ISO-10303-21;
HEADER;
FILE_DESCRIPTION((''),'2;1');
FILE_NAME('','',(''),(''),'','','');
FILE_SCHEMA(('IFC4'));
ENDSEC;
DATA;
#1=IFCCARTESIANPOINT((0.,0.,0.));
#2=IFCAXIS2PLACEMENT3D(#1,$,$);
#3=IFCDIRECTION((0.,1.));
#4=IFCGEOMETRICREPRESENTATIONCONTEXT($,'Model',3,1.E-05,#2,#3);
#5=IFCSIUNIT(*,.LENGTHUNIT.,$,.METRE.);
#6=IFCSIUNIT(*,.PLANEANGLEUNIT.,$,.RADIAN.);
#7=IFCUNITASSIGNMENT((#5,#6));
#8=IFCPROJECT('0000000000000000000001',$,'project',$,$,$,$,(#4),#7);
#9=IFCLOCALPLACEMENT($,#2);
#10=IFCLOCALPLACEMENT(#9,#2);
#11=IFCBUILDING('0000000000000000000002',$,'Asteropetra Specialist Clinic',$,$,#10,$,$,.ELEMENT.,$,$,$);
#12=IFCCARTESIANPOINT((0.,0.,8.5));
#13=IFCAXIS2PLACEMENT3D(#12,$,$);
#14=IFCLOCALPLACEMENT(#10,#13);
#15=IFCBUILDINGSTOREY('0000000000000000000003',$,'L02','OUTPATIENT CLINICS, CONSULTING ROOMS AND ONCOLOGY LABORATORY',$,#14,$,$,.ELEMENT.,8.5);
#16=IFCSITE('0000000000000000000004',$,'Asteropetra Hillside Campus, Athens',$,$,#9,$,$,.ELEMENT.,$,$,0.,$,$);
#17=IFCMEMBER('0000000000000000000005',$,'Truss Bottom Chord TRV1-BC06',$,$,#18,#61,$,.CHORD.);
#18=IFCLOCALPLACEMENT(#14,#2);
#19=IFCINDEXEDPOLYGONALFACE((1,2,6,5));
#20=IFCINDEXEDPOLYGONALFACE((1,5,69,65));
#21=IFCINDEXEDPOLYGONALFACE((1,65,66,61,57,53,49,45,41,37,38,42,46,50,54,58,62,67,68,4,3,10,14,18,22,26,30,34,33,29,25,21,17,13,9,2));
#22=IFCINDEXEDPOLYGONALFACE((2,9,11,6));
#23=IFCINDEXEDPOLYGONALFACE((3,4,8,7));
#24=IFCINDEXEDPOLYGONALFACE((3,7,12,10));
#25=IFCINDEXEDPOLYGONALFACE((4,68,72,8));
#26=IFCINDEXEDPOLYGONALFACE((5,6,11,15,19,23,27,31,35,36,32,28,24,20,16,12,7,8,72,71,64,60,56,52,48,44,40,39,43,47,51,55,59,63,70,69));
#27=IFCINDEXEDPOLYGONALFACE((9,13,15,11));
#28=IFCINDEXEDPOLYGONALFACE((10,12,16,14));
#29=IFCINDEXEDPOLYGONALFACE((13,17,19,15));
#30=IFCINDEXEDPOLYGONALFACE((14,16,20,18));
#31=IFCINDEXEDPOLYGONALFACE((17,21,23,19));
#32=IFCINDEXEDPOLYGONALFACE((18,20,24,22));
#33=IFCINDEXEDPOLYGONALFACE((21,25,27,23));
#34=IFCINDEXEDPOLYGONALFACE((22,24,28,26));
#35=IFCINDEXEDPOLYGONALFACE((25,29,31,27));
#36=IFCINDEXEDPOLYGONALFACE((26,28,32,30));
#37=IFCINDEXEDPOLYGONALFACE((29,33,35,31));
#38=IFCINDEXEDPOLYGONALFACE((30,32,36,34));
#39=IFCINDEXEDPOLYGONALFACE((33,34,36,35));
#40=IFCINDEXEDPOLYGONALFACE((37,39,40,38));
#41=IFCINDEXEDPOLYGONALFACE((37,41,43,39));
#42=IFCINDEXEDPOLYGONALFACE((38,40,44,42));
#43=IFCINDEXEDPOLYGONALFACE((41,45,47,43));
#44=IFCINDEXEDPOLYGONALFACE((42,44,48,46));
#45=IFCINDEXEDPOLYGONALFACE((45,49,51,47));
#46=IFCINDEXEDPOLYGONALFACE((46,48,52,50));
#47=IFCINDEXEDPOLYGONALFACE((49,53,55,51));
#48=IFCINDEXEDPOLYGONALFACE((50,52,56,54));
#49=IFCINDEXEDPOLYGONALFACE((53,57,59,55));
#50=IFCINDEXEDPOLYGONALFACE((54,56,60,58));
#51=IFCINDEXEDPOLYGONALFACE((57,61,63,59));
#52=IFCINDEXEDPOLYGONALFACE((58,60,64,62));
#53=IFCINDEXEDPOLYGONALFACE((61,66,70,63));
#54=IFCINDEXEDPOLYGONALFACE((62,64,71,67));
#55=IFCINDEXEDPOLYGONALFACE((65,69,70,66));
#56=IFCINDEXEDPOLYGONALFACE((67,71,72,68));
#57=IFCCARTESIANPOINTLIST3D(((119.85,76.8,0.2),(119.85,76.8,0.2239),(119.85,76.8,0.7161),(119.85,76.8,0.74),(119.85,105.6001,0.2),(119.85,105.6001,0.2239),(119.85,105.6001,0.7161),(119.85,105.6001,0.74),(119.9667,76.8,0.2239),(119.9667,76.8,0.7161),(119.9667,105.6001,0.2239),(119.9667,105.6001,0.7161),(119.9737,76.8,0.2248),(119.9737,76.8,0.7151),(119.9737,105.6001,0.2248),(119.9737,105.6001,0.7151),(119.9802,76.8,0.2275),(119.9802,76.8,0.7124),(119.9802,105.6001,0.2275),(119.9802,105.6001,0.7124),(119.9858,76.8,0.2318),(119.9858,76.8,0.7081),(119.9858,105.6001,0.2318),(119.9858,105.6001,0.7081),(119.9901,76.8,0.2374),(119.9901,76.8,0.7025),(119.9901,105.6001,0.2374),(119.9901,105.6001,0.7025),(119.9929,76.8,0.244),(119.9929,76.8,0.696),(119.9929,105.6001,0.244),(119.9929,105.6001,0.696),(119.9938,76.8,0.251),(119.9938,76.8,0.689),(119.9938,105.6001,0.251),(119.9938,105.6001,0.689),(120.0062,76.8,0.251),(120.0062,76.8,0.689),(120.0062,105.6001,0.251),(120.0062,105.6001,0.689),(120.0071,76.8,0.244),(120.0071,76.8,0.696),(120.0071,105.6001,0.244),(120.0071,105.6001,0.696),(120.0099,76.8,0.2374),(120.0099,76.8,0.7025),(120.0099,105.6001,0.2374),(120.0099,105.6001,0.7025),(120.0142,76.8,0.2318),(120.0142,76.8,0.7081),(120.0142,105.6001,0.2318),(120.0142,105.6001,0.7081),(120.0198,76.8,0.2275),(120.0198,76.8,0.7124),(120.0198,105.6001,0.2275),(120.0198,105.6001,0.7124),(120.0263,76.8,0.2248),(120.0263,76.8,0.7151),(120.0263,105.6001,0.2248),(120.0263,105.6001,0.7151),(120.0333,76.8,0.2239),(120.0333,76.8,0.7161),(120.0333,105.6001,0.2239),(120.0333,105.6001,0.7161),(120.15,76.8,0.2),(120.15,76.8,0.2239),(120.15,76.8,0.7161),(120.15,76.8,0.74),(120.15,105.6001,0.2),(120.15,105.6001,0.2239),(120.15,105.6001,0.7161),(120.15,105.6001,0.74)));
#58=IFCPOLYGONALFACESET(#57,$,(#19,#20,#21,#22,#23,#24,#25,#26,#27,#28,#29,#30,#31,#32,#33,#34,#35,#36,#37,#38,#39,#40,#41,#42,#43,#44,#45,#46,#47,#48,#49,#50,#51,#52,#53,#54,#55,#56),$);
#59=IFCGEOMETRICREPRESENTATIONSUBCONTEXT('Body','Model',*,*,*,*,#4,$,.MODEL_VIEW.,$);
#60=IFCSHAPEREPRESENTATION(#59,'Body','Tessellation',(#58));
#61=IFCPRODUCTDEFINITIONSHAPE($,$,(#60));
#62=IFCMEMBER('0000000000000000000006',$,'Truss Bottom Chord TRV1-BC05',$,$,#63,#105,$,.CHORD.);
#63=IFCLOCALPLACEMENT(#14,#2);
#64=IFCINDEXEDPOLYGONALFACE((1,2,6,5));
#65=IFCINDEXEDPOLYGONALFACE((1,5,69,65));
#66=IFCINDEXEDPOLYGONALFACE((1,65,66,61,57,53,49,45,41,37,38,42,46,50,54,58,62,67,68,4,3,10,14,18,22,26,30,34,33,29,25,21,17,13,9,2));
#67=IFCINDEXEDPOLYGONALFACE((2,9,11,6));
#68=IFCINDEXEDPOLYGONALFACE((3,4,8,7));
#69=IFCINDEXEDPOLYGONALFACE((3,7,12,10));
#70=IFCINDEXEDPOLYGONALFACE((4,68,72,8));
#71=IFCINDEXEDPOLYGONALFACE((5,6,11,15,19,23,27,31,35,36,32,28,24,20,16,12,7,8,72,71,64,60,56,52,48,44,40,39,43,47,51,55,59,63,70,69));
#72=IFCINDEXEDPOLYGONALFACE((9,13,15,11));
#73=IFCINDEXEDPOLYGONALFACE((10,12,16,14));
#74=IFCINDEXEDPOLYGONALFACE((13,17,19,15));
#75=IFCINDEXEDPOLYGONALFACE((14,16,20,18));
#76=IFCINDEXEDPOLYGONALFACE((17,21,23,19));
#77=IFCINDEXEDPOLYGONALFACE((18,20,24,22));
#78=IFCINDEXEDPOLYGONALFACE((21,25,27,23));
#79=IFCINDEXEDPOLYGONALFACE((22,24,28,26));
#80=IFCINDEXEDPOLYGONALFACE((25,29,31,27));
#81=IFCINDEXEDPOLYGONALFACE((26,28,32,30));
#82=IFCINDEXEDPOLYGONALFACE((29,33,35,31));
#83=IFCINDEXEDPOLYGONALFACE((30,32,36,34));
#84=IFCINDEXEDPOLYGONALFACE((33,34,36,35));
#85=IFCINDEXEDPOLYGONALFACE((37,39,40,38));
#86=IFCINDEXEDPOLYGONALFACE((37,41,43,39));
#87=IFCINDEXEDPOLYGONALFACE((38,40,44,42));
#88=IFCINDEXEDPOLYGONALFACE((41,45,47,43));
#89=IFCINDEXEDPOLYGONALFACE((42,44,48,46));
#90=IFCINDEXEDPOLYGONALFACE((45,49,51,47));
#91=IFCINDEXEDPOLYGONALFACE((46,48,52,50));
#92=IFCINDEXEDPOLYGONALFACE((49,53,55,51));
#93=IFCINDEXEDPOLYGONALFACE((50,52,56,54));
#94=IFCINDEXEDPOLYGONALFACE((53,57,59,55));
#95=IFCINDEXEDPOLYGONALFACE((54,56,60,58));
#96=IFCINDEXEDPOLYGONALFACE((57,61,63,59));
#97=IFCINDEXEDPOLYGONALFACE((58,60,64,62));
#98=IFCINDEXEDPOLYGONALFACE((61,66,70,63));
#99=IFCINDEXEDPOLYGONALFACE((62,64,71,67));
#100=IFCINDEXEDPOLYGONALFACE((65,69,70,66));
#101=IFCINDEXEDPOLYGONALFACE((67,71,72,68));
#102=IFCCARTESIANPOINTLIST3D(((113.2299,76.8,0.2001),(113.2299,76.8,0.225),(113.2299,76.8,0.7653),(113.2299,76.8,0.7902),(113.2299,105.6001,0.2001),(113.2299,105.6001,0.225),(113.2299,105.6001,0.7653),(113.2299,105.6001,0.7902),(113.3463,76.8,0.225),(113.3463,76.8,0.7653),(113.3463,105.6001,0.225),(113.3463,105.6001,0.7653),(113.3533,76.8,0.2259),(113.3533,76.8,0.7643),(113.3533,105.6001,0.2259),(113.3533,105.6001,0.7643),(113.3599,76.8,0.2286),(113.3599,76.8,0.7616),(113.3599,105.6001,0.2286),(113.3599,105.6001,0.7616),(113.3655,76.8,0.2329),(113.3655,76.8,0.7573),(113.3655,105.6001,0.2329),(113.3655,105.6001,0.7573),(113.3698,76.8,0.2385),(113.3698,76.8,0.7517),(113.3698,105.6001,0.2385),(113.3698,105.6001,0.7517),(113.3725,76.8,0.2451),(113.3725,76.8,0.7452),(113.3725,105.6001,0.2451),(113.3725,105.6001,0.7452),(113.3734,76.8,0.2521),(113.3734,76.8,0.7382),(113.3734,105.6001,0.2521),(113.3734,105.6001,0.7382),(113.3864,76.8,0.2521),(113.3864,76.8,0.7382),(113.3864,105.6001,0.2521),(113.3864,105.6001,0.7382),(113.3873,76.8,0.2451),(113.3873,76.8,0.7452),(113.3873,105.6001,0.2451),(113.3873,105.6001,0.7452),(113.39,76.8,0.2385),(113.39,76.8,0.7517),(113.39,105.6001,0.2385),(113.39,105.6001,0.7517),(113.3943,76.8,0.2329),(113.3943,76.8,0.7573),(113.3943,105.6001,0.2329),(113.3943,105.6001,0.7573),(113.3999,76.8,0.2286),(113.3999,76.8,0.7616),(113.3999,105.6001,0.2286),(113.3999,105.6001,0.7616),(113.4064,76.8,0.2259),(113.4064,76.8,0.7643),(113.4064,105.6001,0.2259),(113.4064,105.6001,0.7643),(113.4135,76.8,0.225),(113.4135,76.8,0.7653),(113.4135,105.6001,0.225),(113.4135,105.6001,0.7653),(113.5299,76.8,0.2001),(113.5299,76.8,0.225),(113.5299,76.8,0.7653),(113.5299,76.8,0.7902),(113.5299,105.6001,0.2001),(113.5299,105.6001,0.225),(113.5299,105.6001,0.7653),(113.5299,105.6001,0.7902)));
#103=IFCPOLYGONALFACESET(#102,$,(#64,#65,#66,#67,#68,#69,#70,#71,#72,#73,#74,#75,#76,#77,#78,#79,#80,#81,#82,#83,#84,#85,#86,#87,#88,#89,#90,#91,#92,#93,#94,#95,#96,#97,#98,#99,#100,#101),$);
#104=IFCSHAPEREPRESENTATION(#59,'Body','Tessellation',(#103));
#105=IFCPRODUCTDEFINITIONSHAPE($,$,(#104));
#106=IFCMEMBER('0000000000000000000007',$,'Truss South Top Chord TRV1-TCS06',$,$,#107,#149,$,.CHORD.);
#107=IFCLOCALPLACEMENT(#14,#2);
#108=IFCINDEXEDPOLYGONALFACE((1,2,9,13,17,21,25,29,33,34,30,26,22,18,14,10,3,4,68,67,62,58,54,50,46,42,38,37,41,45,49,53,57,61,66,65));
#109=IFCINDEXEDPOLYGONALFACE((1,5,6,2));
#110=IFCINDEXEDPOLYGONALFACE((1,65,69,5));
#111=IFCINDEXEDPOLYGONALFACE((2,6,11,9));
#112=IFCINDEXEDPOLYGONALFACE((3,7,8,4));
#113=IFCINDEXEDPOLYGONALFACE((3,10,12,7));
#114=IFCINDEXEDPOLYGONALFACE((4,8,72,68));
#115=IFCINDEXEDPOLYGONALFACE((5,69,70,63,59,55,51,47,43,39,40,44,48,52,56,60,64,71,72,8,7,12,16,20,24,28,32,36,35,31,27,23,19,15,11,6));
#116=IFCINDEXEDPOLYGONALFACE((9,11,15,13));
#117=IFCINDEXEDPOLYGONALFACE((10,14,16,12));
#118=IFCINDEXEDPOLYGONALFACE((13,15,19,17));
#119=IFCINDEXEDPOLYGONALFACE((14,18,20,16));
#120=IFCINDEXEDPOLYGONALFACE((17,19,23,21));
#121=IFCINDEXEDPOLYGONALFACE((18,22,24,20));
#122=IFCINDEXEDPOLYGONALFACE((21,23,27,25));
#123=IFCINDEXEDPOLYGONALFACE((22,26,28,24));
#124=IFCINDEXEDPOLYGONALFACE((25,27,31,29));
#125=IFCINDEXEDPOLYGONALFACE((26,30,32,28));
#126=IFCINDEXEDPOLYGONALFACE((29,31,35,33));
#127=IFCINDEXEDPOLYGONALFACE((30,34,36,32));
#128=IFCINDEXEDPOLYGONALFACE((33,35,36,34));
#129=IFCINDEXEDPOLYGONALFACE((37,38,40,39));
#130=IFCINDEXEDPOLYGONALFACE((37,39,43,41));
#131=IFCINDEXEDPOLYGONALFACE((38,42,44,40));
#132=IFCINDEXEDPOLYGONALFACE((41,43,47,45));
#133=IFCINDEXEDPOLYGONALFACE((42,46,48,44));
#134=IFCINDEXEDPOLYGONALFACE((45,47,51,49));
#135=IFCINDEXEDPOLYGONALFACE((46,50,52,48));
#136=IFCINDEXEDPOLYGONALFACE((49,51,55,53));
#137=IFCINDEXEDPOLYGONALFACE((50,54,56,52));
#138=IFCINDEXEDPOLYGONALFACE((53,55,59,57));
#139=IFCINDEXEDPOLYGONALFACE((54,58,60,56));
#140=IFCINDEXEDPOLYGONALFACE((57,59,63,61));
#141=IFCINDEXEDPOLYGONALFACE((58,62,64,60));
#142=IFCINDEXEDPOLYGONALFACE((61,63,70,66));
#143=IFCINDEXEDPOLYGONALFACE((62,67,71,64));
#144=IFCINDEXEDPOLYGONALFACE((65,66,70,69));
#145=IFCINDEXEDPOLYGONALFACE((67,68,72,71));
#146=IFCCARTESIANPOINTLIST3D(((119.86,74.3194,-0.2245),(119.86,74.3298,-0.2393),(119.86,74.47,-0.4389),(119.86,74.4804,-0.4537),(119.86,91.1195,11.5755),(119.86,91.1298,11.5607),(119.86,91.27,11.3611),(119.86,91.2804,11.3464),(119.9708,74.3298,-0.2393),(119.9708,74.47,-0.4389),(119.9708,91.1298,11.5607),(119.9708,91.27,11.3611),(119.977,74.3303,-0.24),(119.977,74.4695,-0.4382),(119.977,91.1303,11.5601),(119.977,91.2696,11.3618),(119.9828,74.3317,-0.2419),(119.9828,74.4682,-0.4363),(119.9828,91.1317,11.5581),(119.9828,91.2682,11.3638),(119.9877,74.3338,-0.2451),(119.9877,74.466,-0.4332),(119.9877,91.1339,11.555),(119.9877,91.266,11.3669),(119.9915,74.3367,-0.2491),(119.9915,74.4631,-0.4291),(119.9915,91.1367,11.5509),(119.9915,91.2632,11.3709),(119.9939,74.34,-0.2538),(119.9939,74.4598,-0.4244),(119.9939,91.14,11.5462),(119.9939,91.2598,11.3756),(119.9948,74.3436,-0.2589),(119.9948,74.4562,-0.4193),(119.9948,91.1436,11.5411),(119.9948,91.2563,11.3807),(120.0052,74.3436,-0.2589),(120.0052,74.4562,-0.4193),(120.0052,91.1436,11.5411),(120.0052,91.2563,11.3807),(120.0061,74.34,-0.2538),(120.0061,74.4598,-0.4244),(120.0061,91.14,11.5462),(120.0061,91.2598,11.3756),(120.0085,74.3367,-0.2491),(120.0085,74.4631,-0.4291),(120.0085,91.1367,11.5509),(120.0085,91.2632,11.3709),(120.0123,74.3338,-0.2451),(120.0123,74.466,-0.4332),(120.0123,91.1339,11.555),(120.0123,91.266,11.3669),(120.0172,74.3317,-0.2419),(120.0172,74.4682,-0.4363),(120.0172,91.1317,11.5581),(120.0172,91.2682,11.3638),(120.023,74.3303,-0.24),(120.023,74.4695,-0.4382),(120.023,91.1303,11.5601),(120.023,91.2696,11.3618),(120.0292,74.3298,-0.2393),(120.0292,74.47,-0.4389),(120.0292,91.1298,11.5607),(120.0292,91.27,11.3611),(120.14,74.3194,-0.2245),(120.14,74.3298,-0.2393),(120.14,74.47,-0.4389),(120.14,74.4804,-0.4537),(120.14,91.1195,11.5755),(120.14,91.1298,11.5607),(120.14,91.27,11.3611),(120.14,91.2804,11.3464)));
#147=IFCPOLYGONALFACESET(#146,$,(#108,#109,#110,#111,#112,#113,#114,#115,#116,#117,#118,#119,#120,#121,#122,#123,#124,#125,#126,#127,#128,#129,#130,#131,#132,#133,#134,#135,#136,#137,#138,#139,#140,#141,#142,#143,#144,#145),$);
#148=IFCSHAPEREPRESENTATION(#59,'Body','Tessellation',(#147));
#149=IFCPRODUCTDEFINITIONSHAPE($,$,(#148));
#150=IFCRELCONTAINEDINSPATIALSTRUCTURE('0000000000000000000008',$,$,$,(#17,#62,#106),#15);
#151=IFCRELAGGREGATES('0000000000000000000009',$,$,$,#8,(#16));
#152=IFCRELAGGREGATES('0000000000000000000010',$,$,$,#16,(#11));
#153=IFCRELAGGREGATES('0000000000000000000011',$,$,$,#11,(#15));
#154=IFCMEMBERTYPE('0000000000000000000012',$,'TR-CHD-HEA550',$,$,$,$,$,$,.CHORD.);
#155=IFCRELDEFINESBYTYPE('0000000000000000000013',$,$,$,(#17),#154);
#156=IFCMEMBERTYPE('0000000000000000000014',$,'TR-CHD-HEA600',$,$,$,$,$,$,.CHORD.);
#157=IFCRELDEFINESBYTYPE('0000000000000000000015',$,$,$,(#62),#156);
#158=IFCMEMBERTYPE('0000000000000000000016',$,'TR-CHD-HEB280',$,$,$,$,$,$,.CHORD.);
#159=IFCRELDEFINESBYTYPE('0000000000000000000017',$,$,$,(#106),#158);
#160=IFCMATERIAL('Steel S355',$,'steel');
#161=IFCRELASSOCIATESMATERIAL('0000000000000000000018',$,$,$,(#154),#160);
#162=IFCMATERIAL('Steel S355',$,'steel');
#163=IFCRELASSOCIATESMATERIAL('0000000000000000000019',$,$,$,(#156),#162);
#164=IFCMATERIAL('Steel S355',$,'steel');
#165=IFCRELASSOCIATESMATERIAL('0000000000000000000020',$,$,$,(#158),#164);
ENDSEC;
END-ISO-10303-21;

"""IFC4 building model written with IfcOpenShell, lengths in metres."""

from ifc_helpers import new_model, si_unit, direction, frame, origin, origin_2d, place, context, subcontext, project, spatial, i_section, extrude, material, material_profile, profile_set, type_object, element, save


model = new_model("IFC4")

# Units and contexts
model_context = context("Model", 3, precision=1e-05, world=origin(), true_north=direction((0.0, 1.0)))
body_context = subcontext(model_context, "Body", "Model", "MODEL_VIEW")
ifc_project = project(units=[si_unit("LENGTHUNIT", "METRE"), si_unit("PLANEANGLEUNIT", "RADIAN")], contexts=[model_context])

# Site, building, storey
site_placement = place(None, origin())
site = spatial("IfcSite", under=ifc_project, at=site_placement, Name="Asteropetra Hillside Campus, Athens", CompositionType="ELEMENT", RefElevation=0.0)
building_placement = place(site_placement, origin())
building = spatial("IfcBuilding", under=site, at=building_placement, Name="Asteropetra Specialist Clinic", CompositionType="ELEMENT")
storey_placement = place(building_placement, frame((0.0, 0.0, 8.5)))
storey = spatial("IfcBuildingStorey", under=building, at=storey_placement, Name="L02", Description="OUTPATIENT CLINICS, CONSULTING ROOMS AND ONCOLOGY LABORATORY", CompositionType="ELEMENT", Elevation=8.5)

# Members
ifc_material_1 = material(Name="Steel S355", Category="steel")
ifc_material_profile_1 = material_profile(ifc_material_1, i_section(OverallWidth=0.3, OverallDepth=0.54, WebThickness=0.0125, FlangeThickness=0.0239, FilletRadius=0.0271, at=origin_2d()), Name="HEA 550")
ifc_profile_set_1 = profile_set([ifc_material_profile_1], Name="Steel S355")
member_type_1 = type_object("IfcMemberType", Name="TR-CHD-HEA550", PredefinedType="CHORD", material=ifc_profile_set_1)
member_1_placement = place(storey_placement, frame((120.0, 76.8, 0.47), z_axis=(0.0, 1.0, 0.0), x_axis=(-1.0, 0.0, 0.0)))
element("IfcMember", 1, at=member_1_placement, inside=storey, type_object=member_type_1, Name="Truss Bottom Chord TRV1-BC06", PredefinedType="CHORD", context=body_context, shape_type="SweptSolid", body=[
    extrude(i_section(OverallWidth=0.3, OverallDepth=0.54, WebThickness=0.0125, FlangeThickness=0.0239, FilletRadius=0.0271, at=origin_2d()), origin(), (0.0, 0.0, 1.0), 28.8),
])
ifc_material_2 = material(Name="Steel S355", Category="steel")
ifc_material_profile_2 = material_profile(ifc_material_2, i_section(OverallWidth=0.3, OverallDepth=0.5901, WebThickness=0.0129, FlangeThickness=0.0249, FilletRadius=0.0271, at=origin_2d()), Name="HEA 600")
ifc_profile_set_2 = profile_set([ifc_material_profile_2], Name="Steel S355")
member_type_2 = type_object("IfcMemberType", Name="TR-CHD-HEA600", PredefinedType="CHORD", material=ifc_profile_set_2)
member_2_placement = place(storey_placement, frame((113.3799, 76.8, 0.4951), z_axis=(0.0, 1.0, 0.0), x_axis=(-1.0, 0.0, 0.0)))
element("IfcMember", 2, at=member_2_placement, inside=storey, type_object=member_type_2, Name="Truss Bottom Chord TRV1-BC05", PredefinedType="CHORD", context=body_context, shape_type="SweptSolid", body=[
    extrude(i_section(OverallWidth=0.3, OverallDepth=0.5901, WebThickness=0.0129, FlangeThickness=0.0249, FilletRadius=0.0271, at=origin_2d()), origin(), (0.0, 0.0, 1.0), 28.8),
])
ifc_material_3 = material(Name="Steel S355", Category="steel")
ifc_material_profile_3 = material_profile(ifc_material_3, i_section(OverallWidth=0.28, OverallDepth=0.28, WebThickness=0.0105, FlangeThickness=0.0181, FilletRadius=0.0239, at=origin_2d()), Name="HEB 280")
ifc_profile_set_3 = profile_set([ifc_material_profile_3], Name="Steel S355")
member_type_3 = type_object("IfcMemberType", Name="TR-CHD-HEB280", PredefinedType="CHORD", material=ifc_profile_set_3)
member_3_placement = place(storey_placement, frame((120.0, 74.3999, -0.3391), z_axis=(0.0, 0.818315, 0.57477), x_axis=(-1.0, 0.0, 0.0)))
element("IfcMember", 3, at=member_3_placement, inside=storey, type_object=member_type_3, Name="Truss South Top Chord TRV1-TCS06", PredefinedType="CHORD", context=body_context, shape_type="SweptSolid", body=[
    extrude(i_section(OverallWidth=0.28, OverallDepth=0.28, WebThickness=0.0105, FlangeThickness=0.0181, FilletRadius=0.0239, at=origin_2d()), origin(), (0.0, 0.0, 1.0), 20.53),
])

save(model, "model.ifc")
